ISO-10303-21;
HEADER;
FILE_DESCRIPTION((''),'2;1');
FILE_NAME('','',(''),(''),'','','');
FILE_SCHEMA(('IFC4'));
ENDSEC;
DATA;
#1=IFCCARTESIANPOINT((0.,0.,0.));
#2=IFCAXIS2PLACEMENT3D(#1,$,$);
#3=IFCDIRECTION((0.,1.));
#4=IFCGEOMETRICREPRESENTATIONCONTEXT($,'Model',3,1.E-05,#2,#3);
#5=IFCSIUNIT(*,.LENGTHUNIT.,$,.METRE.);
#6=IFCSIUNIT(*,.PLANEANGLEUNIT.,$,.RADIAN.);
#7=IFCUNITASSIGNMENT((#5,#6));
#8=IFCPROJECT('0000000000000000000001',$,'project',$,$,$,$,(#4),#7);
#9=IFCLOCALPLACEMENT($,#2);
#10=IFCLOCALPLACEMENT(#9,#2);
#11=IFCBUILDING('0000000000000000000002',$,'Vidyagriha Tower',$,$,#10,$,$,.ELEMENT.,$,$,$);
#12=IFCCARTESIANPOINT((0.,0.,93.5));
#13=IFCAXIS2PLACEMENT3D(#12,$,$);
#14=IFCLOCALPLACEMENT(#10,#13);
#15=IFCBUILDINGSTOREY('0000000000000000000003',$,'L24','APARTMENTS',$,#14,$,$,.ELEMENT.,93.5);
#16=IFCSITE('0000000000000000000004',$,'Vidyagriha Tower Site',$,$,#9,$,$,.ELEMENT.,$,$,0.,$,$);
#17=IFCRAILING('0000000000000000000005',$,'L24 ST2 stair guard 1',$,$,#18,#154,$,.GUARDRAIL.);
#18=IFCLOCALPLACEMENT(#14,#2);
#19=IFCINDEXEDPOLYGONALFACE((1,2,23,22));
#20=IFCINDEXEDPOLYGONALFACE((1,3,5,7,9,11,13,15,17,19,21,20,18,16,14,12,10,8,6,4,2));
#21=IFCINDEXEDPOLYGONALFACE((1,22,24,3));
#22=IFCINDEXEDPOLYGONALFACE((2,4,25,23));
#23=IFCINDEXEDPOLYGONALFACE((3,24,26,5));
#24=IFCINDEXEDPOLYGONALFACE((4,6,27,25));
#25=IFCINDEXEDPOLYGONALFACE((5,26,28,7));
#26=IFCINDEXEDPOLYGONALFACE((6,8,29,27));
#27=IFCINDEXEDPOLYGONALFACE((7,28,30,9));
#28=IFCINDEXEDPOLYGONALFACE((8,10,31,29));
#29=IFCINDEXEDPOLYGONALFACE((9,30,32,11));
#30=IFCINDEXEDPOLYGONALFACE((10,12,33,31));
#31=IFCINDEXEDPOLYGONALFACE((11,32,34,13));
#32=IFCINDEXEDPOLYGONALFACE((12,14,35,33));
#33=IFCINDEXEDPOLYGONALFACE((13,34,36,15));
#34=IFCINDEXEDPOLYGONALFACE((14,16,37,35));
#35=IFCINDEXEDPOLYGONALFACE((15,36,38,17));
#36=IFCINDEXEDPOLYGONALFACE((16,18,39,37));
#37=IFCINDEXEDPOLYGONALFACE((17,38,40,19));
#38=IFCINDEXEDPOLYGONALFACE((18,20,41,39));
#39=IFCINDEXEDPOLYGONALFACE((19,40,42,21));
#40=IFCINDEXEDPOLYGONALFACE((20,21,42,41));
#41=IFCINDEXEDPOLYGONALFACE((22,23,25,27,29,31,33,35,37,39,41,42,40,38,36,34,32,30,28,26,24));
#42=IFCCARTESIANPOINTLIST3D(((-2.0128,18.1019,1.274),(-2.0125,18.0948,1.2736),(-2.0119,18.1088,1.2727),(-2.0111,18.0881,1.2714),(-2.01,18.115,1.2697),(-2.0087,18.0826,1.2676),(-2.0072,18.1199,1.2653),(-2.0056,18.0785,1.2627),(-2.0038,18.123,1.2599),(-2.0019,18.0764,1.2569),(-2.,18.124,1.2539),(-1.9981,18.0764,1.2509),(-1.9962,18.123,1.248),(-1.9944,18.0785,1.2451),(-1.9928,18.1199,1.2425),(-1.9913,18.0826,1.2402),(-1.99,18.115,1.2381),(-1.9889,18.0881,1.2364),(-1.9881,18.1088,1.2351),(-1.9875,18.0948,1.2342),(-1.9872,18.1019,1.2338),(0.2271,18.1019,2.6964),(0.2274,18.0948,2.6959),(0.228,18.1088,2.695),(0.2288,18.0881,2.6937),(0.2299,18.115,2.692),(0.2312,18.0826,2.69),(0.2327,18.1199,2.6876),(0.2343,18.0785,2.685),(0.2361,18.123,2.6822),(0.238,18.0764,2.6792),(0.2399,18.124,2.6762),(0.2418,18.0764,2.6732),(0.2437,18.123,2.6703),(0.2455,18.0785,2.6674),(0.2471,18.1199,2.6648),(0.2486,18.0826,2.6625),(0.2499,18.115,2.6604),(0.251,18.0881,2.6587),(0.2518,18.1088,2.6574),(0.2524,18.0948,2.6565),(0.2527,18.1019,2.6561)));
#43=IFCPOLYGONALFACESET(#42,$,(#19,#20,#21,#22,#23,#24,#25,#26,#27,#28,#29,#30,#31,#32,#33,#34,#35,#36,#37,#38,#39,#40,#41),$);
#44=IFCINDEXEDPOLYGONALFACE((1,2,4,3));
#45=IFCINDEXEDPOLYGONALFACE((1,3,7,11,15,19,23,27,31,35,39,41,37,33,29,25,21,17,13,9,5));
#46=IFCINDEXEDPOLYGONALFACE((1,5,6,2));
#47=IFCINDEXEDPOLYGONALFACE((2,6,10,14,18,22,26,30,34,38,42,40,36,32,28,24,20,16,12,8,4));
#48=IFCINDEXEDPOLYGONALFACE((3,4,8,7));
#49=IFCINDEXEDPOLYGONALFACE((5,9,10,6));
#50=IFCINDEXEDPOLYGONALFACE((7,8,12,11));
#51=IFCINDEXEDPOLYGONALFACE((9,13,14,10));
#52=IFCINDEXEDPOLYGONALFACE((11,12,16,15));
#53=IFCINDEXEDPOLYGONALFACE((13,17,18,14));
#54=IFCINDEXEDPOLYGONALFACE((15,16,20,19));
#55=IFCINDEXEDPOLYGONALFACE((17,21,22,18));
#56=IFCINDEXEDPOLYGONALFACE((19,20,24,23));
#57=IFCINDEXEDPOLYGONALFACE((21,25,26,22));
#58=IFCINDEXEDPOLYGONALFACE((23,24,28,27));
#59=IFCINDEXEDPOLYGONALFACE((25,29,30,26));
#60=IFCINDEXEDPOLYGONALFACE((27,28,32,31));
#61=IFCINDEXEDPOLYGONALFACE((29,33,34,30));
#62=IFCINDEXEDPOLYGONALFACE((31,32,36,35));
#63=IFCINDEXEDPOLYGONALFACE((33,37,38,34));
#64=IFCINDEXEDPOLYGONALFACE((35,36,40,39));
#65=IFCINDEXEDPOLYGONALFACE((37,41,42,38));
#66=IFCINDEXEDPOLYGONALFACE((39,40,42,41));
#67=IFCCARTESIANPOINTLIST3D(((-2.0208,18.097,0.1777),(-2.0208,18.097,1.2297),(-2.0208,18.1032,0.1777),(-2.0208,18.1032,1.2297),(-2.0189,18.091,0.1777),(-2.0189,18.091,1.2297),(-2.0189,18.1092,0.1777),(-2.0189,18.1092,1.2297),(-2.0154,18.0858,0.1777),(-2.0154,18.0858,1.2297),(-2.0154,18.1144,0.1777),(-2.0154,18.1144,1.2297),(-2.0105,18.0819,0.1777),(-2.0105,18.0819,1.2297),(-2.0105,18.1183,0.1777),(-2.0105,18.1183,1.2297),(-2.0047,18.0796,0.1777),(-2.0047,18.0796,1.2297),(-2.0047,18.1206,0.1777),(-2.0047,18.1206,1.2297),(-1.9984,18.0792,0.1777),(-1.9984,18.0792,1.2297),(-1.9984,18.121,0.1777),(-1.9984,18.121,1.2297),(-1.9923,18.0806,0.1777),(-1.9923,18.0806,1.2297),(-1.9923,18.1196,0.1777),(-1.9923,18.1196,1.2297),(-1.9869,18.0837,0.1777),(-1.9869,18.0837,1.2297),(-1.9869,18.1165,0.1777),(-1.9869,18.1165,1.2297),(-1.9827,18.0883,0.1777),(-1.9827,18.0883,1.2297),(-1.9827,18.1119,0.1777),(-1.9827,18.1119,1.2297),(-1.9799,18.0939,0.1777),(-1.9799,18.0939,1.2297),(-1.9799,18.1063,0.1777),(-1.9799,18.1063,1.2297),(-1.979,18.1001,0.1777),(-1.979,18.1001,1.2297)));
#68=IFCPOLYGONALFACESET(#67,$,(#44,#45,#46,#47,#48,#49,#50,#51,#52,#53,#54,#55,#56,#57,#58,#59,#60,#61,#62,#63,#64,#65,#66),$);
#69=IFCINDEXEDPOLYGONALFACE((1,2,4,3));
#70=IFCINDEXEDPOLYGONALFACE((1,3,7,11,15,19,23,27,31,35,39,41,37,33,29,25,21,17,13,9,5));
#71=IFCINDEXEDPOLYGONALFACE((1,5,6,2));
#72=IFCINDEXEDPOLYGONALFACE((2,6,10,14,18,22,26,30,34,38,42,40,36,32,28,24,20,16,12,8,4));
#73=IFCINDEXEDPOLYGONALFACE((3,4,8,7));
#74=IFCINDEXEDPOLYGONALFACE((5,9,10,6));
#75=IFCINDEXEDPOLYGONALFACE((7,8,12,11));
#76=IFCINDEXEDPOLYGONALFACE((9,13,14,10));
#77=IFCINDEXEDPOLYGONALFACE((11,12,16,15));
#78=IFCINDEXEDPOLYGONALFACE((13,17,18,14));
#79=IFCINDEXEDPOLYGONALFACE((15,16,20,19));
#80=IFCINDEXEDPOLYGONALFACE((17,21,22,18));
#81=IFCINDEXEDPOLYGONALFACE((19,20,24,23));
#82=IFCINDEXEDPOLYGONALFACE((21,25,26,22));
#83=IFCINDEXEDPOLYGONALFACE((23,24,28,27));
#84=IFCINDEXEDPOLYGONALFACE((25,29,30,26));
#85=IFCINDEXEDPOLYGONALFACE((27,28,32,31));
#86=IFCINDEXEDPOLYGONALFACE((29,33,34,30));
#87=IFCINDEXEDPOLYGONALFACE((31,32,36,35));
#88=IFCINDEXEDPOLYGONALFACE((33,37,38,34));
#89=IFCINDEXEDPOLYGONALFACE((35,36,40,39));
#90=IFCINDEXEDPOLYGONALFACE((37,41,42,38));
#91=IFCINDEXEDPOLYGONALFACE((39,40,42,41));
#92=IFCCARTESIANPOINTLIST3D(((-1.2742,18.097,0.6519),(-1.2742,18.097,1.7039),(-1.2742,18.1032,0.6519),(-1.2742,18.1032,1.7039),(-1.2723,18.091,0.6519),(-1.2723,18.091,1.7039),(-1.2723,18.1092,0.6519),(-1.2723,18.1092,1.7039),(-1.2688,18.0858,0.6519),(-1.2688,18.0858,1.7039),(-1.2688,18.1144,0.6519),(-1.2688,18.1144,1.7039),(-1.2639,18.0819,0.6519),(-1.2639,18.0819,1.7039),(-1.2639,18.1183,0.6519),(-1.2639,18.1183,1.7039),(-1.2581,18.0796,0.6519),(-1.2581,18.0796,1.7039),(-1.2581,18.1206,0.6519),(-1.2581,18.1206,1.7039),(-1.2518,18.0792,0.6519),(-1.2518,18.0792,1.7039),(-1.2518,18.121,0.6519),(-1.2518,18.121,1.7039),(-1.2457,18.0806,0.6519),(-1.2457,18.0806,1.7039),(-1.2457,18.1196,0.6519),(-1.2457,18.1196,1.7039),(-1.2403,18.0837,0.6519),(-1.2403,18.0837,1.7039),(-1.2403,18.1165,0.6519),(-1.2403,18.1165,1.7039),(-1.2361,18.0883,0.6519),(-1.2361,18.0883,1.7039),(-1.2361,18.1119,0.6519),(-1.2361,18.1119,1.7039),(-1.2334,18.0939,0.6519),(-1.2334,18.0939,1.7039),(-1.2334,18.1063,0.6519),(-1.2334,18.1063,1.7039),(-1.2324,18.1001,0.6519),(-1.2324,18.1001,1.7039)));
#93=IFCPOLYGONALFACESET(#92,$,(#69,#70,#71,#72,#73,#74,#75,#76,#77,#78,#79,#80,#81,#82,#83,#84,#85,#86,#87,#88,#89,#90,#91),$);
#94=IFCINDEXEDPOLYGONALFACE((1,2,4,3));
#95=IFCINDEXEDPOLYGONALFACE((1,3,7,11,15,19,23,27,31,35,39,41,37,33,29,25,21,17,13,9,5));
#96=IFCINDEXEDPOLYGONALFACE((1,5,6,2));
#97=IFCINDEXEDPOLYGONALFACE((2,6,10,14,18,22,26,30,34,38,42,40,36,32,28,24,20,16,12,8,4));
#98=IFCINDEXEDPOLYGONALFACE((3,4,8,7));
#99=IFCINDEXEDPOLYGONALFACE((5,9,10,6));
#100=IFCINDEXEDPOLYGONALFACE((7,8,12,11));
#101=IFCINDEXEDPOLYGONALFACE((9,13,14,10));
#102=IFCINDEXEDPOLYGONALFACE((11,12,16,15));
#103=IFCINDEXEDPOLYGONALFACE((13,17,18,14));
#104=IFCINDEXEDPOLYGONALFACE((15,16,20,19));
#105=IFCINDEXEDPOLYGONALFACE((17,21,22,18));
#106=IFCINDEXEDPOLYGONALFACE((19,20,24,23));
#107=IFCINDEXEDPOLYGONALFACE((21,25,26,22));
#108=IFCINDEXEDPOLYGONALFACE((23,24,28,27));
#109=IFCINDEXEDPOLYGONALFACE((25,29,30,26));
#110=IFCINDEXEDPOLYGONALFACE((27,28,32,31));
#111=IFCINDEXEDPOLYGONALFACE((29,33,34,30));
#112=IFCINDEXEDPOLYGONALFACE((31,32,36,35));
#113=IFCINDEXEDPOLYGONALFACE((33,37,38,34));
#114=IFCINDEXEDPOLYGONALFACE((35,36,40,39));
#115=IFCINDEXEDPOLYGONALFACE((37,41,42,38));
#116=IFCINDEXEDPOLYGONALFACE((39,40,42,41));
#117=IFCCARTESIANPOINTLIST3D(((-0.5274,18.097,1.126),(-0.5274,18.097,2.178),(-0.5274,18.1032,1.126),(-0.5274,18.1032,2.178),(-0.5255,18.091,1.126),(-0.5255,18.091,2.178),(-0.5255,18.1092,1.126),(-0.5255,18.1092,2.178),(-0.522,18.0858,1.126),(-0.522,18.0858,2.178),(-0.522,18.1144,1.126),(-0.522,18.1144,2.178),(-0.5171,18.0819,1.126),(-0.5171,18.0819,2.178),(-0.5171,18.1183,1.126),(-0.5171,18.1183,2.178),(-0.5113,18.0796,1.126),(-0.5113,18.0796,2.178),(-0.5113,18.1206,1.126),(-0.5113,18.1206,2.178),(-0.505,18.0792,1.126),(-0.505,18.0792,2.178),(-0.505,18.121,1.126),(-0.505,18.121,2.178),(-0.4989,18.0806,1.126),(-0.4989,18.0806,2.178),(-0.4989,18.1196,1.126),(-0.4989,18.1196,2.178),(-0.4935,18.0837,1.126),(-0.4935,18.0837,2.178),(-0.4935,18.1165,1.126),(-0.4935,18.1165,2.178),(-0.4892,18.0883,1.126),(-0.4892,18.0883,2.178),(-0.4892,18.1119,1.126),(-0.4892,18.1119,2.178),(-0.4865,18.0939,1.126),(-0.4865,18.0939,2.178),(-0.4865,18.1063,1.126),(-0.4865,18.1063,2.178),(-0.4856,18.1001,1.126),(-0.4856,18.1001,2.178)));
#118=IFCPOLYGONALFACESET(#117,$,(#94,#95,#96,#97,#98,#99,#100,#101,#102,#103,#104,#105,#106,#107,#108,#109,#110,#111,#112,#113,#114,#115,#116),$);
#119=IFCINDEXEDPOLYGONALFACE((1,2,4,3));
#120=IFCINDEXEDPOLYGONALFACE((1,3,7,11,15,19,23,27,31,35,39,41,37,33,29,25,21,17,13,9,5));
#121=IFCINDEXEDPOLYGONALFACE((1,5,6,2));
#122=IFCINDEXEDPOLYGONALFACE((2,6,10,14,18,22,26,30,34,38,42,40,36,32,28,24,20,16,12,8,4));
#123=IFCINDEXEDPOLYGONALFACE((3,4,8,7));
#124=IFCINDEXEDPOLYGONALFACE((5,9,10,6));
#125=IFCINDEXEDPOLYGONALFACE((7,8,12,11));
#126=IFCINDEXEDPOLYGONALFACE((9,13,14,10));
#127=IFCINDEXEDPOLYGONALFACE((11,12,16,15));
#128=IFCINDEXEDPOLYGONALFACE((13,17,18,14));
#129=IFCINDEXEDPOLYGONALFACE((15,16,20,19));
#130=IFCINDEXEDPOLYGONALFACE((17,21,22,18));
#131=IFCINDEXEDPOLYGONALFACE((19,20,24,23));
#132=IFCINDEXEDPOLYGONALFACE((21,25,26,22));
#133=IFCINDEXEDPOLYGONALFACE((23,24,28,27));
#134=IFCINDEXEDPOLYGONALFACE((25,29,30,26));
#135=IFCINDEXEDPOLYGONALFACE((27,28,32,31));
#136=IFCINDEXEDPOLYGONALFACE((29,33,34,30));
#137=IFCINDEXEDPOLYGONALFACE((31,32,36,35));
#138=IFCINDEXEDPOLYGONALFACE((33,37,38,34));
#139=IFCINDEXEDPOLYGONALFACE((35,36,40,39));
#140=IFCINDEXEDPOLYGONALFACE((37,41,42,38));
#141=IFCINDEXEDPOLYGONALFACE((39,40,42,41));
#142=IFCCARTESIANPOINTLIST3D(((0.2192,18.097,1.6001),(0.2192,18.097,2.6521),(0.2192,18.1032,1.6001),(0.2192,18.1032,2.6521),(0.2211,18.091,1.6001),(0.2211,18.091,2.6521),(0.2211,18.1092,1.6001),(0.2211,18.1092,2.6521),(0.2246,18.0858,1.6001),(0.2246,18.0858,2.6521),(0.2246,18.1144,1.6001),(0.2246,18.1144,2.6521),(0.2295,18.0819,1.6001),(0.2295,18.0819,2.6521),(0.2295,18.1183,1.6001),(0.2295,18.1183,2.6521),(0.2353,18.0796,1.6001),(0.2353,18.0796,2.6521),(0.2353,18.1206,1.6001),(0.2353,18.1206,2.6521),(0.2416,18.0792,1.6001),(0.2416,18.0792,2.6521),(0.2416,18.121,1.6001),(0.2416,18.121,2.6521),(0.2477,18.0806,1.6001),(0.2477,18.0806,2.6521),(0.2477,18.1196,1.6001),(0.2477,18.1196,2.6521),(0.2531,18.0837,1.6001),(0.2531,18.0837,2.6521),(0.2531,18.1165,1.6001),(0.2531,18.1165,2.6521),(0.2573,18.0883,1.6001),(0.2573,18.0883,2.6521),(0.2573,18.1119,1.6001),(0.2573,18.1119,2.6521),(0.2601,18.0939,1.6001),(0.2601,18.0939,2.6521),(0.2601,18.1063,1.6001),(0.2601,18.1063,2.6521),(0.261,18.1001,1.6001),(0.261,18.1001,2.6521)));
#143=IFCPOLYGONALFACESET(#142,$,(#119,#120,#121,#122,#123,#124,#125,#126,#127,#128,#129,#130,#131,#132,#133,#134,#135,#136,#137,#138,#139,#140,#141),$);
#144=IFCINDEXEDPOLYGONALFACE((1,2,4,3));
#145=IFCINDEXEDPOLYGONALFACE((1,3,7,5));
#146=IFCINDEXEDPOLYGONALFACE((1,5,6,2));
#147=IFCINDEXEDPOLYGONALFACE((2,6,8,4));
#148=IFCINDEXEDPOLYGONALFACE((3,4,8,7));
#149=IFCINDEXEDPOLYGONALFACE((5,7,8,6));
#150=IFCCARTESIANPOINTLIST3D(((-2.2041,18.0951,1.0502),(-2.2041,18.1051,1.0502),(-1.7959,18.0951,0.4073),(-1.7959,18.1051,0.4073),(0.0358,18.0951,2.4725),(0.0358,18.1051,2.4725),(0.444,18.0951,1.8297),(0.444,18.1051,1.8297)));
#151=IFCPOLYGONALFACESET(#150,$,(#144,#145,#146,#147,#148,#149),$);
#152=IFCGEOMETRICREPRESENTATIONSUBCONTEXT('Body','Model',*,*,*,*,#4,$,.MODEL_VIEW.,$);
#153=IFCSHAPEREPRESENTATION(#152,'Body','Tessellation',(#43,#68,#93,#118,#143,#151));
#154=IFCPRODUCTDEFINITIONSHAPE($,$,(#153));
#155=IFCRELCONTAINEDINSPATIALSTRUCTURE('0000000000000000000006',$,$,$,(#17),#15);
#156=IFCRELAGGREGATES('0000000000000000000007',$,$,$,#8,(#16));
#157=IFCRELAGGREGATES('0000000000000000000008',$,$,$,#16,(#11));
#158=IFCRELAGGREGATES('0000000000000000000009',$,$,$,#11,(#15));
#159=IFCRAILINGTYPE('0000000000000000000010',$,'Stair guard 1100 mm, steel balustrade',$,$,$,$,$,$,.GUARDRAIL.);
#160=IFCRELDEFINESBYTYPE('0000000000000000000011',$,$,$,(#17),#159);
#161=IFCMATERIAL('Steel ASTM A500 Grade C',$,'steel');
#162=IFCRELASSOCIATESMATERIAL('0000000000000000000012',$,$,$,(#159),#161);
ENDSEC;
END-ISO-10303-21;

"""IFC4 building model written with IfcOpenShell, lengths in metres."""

from ifc_helpers import new_model, si_unit, direction, frame, origin, origin_2d, place, context, subcontext, project, spatial, rectangle, circle, extrude, material, type_object, element, save


model = new_model("IFC4")

# Units and contexts
model_context = context("Model", 3, precision=1e-05, world=origin(), true_north=direction((0.0, 1.0)))
body_context = subcontext(model_context, "Body", "Model", "MODEL_VIEW")
ifc_project = project(units=[si_unit("LENGTHUNIT", "METRE"), si_unit("PLANEANGLEUNIT", "RADIAN")], contexts=[model_context])

# Site, building, storey
site_placement = place(None, origin())
site = spatial("IfcSite", under=ifc_project, at=site_placement, Name="Vidyagriha Tower Site", CompositionType="ELEMENT", RefElevation=0.0)
building_placement = place(site_placement, origin())
building = spatial("IfcBuilding", under=site, at=building_placement, Name="Vidyagriha Tower", CompositionType="ELEMENT")
storey_placement = place(building_placement, frame((0.0, 0.0, 93.5)))
storey = spatial("IfcBuildingStorey", under=building, at=storey_placement, Name="L24", Description="APARTMENTS", CompositionType="ELEMENT", Elevation=93.5)

# Railing
ifc_material_1 = material(Name="Steel ASTM A500 Grade C", Category="steel")
railing_type_1 = type_object("IfcRailingType", Name="Stair guard 1100 mm, steel balustrade", PredefinedType="GUARDRAIL", material=ifc_material_1)
railing_1_placement = place(storey_placement, frame((-2.0, 18.1001, 0.1777)))
element("IfcRailing", 1, at=railing_1_placement, inside=storey, type_object=railing_type_1, Name="L24 ST2 stair guard 1", PredefinedType="GUARDRAIL", context=body_context, shape_type="SweptSolid", body=[
    extrude(circle(Radius=0.0239, at=origin_2d()), frame((0.0, 0.0, 1.0762), z_axis=(0.844188, 0.0, 0.536048), x_axis=(0.0, 1.0, 0.0)), (0.0, 0.0, 1.0), 2.6533),
    extrude(circle(Radius=0.021, at=origin_2d()), origin(), (0.0, 0.0, 1.0), 1.052),
    extrude(circle(Radius=0.021, at=origin_2d()), frame((0.7466, 0.0, 0.4741)), (0.0, 0.0, 1.0), 1.052),
    extrude(circle(Radius=0.021, at=origin_2d()), frame((1.4934, 0.0, 0.9482)), (0.0, 0.0, 1.0), 1.052),
    extrude(circle(Radius=0.021, at=origin_2d()), frame((2.24, 0.0, 1.4224)), (0.0, 0.0, 1.0), 1.052),
    extrude(rectangle(XDim=0.01, YDim=0.7615, at=origin_2d()), frame((0.0, 0.0, 0.551), z_axis=(0.844188, 0.0, 0.536048), x_axis=(0.0, 1.0, 0.0)), (0.0, 0.0, 1.0), 2.6533),
])

save(model, "model.ifc")
